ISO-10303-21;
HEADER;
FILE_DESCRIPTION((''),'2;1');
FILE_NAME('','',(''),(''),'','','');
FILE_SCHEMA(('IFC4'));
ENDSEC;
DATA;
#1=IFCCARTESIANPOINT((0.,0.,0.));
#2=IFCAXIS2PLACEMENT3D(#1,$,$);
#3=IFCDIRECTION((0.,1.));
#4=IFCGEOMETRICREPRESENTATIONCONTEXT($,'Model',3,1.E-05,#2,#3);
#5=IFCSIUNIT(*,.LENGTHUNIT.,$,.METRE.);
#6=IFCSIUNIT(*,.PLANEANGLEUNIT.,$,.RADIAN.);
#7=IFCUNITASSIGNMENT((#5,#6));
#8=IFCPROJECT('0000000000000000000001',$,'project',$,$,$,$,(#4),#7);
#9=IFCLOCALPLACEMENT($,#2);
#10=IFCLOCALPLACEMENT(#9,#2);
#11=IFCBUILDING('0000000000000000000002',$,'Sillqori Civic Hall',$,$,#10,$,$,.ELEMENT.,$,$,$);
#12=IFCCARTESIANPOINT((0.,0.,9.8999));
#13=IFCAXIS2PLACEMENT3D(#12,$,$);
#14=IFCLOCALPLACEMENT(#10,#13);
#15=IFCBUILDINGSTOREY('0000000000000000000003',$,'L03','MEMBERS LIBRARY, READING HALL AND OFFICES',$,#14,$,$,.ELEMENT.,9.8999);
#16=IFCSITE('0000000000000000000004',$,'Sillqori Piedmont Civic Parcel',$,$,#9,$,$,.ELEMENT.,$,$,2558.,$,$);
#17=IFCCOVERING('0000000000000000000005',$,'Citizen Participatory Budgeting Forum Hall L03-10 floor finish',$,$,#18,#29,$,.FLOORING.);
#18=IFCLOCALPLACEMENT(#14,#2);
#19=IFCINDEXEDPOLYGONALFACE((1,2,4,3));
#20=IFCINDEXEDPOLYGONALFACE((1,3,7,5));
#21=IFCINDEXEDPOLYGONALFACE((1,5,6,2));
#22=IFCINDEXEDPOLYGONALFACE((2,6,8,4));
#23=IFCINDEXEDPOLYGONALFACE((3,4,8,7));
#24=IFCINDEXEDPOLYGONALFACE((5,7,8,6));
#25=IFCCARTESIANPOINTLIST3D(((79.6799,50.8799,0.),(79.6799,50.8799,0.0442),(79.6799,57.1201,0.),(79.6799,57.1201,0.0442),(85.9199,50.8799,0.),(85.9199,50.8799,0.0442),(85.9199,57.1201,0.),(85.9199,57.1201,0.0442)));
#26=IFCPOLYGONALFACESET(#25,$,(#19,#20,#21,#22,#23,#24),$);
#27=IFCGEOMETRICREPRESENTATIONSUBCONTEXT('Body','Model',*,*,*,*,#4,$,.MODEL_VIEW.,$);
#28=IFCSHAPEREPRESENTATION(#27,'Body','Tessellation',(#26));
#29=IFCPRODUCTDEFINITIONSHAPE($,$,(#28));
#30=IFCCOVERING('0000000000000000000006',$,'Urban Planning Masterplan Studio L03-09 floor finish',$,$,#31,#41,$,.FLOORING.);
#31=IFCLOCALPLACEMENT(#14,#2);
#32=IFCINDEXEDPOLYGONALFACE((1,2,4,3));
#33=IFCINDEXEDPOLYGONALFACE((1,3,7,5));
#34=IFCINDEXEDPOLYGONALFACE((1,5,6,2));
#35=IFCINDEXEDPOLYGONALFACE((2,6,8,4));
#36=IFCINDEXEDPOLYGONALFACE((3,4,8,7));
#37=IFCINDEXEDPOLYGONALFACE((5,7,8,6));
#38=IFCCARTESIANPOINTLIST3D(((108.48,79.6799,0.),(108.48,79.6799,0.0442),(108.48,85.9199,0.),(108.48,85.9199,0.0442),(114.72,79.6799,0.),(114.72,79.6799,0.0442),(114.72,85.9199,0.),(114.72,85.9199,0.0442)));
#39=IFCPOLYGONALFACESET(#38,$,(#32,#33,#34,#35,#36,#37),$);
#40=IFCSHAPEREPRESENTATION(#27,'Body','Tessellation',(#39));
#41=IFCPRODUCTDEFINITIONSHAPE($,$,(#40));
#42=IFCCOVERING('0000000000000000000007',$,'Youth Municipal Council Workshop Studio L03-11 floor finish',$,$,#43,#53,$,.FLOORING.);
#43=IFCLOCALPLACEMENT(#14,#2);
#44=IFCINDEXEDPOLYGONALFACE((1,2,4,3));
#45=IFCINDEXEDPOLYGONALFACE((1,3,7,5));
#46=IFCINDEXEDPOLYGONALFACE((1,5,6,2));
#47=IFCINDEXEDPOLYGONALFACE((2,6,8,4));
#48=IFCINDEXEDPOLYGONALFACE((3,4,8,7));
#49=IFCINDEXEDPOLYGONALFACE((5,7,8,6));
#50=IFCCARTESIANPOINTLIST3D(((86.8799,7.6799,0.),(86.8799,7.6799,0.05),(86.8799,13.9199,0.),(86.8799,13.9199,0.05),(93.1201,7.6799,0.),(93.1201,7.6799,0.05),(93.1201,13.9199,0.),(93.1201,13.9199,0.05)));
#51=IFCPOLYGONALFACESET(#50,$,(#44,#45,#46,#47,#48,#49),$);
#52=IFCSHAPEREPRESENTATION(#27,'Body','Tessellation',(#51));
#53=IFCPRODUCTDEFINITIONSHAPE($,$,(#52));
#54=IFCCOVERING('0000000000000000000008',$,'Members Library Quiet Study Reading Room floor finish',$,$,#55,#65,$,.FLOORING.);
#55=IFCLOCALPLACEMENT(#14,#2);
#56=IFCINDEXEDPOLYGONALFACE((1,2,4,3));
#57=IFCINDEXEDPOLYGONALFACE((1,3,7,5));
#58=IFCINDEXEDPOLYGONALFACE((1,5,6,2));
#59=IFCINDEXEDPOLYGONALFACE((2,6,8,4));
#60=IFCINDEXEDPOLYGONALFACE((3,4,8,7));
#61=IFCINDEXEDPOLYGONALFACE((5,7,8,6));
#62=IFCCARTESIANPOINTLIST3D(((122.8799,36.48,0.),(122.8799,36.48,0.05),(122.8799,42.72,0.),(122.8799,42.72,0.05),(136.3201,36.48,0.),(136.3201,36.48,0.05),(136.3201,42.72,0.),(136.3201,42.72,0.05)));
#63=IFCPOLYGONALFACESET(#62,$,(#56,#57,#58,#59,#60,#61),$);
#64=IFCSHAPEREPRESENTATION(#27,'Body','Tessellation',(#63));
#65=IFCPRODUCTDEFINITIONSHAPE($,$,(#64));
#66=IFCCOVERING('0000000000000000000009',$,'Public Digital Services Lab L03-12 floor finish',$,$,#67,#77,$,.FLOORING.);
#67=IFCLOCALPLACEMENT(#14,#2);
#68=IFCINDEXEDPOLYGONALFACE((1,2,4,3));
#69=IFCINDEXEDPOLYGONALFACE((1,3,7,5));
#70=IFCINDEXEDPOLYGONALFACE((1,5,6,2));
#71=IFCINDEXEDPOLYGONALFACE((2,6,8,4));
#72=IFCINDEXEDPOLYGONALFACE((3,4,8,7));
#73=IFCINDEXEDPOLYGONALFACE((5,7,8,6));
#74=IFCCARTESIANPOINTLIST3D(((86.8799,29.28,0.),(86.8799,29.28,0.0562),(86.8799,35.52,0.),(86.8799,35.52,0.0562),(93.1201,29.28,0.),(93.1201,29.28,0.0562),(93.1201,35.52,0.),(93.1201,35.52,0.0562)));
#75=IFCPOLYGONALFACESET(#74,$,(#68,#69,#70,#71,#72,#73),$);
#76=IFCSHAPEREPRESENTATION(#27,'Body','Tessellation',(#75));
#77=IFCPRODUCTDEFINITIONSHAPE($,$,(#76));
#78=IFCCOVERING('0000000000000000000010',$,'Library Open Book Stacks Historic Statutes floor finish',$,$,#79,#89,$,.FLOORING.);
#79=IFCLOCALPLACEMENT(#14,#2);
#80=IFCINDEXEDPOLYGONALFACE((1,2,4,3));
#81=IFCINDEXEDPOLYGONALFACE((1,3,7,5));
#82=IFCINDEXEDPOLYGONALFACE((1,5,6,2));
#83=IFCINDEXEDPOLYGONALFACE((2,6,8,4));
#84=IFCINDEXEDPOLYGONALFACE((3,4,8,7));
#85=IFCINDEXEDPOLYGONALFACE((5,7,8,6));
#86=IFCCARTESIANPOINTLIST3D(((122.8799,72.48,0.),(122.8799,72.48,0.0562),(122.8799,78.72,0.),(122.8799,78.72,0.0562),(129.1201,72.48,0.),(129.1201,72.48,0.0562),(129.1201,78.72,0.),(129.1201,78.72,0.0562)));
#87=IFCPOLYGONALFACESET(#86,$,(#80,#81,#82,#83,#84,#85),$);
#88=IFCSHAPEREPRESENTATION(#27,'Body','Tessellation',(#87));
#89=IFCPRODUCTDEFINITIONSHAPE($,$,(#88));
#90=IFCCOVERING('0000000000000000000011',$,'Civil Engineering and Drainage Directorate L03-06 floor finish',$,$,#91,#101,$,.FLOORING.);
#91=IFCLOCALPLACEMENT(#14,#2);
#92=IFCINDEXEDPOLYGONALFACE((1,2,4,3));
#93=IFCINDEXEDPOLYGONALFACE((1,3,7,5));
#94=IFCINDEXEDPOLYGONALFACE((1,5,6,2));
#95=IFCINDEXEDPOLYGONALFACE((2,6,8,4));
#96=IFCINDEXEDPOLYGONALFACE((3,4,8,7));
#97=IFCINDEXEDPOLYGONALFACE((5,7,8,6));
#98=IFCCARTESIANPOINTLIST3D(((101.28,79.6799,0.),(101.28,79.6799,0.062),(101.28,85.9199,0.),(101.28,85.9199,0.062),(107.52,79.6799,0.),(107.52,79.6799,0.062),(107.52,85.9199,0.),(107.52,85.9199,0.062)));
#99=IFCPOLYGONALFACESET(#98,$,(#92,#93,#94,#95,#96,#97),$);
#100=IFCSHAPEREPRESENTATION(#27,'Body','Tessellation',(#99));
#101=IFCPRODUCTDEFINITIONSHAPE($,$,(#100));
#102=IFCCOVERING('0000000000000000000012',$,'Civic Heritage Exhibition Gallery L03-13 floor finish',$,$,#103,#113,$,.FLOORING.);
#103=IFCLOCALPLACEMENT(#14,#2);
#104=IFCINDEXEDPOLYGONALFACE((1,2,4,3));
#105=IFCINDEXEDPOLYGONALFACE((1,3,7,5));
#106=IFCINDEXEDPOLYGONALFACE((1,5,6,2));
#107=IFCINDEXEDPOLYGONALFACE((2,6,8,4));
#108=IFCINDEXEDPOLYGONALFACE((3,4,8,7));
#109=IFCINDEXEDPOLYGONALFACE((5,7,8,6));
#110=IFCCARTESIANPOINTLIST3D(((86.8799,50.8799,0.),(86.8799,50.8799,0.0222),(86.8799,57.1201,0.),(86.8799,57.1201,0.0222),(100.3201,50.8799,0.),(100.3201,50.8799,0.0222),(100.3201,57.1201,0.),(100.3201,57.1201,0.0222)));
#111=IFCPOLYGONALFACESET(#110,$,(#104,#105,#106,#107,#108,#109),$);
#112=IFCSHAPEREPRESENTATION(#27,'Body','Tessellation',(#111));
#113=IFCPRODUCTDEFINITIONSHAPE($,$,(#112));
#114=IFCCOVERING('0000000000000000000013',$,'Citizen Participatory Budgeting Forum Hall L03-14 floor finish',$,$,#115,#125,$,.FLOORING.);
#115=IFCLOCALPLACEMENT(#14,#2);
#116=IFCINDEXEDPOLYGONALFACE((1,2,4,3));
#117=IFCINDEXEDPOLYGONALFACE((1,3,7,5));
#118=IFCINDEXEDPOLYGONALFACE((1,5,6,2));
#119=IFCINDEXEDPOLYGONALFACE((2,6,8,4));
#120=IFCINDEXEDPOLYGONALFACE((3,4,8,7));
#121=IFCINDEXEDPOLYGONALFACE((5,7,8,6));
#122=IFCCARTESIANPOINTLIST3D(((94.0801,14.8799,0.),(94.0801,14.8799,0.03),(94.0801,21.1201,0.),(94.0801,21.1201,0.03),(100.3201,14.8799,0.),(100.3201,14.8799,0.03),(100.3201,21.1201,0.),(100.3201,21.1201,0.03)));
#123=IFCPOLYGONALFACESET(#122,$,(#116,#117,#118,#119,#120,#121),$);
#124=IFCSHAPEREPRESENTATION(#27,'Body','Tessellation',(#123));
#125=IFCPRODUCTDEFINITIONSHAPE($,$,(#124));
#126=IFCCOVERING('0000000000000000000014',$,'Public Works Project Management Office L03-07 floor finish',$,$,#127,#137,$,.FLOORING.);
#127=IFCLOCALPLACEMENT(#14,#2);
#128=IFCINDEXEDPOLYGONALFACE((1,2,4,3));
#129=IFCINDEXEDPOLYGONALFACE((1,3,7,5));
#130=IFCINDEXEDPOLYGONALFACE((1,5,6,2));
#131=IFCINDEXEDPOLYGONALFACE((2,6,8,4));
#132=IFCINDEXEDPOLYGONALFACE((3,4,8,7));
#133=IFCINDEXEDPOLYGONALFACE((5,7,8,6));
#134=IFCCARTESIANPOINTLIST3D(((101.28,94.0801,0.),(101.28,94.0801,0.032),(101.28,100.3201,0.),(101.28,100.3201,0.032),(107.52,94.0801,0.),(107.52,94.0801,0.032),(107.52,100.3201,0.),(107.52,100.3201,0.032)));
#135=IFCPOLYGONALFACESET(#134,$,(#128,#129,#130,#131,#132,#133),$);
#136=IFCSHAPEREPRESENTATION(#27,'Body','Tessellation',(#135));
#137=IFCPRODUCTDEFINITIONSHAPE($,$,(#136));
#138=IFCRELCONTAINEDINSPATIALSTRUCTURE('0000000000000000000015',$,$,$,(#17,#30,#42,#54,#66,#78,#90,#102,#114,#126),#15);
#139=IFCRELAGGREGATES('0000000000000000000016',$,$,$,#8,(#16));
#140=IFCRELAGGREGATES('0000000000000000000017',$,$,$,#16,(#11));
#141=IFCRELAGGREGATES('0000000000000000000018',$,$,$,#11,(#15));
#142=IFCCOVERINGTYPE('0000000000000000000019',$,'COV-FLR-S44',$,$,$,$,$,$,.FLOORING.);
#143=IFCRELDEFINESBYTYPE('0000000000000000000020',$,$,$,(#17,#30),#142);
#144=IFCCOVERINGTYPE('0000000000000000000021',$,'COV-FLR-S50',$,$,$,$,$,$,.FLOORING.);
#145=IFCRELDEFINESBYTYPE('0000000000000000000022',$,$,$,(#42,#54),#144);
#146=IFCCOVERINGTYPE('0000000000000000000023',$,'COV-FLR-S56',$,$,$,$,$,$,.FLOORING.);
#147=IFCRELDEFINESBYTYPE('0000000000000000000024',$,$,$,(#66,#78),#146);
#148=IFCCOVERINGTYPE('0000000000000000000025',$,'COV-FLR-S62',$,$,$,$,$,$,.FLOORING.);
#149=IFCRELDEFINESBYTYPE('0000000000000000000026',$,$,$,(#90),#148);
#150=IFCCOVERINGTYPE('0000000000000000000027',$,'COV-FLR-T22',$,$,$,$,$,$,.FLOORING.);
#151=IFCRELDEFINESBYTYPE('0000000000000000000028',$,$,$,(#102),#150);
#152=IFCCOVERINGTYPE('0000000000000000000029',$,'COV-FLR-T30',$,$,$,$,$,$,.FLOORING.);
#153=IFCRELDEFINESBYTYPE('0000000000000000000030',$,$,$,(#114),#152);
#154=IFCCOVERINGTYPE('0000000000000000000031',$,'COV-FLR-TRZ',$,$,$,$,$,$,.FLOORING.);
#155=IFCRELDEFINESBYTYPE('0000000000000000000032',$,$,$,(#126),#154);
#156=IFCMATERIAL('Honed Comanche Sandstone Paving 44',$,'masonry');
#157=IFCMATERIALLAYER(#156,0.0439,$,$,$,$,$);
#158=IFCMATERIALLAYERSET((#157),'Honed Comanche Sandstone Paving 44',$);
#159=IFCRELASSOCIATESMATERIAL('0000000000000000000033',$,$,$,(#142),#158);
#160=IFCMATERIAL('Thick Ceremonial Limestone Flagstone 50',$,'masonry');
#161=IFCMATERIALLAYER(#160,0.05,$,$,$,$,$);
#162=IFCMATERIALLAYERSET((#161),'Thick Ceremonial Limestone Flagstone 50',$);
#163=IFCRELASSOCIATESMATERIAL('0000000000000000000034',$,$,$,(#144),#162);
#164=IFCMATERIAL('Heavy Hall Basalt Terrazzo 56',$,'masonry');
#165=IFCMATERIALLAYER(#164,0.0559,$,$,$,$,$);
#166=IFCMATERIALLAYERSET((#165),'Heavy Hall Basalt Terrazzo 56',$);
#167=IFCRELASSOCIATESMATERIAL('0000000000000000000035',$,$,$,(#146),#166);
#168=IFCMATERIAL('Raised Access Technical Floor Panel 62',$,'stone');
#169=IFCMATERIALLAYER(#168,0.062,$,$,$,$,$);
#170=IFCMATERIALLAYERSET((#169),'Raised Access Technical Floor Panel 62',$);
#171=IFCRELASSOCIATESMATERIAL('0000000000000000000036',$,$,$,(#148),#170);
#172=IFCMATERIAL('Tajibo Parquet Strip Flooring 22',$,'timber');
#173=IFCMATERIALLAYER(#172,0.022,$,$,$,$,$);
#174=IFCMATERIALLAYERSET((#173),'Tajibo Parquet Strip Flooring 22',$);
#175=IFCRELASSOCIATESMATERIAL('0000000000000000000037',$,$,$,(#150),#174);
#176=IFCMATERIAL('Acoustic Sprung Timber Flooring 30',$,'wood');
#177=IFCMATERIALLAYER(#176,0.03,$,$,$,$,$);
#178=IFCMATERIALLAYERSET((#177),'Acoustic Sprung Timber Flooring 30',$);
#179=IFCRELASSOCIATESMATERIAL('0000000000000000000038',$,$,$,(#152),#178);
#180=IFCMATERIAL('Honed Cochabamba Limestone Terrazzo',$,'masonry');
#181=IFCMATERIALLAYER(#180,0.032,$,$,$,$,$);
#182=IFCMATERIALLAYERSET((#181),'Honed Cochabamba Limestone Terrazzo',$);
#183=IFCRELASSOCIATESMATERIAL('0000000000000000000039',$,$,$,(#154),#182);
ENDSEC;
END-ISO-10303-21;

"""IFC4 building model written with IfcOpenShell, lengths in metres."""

from ifc_helpers import new_model, si_unit, direction, frame, origin, place, context, subcontext, project, spatial, polyline, outline, extrude, material, layer, layer_set, type_object, element, save


model = new_model("IFC4")

# Units and contexts
model_context = context("Model", 3, precision=1e-05, world=origin(), true_north=direction((0.0, 1.0)))
body_context = subcontext(model_context, "Body", "Model", "MODEL_VIEW")
ifc_project = project(units=[si_unit("LENGTHUNIT", "METRE"), si_unit("PLANEANGLEUNIT", "RADIAN")], contexts=[model_context])

# Site, building, storey
site_placement = place(None, origin())
site = spatial("IfcSite", under=ifc_project, at=site_placement, Name="Sillqori Piedmont Civic Parcel", CompositionType="ELEMENT", RefElevation=2558.0)
building_placement = place(site_placement, origin())
building = spatial("IfcBuilding", under=site, at=building_placement, Name="Sillqori Civic Hall", CompositionType="ELEMENT")
storey_placement = place(building_placement, frame((0.0, 0.0, 9.8999)))
storey = spatial("IfcBuildingStorey", under=building, at=storey_placement, Name="L03", Description="MEMBERS LIBRARY, READING HALL AND OFFICES", CompositionType="ELEMENT", Elevation=9.8999)

# Coverings
ifc_material_1 = material(Name="Honed Comanche Sandstone Paving 44", Category="masonry")
ifc_layer_1 = layer(ifc_material_1, 0.0439)
ifc_layer_set_1 = layer_set([ifc_layer_1], Name="Honed Comanche Sandstone Paving 44")
covering_type_1 = type_object("IfcCoveringType", Name="COV-FLR-S44", PredefinedType="FLOORING", material=ifc_layer_set_1)
covering_1_placement = place(storey_placement, origin())
element("IfcCovering", 1, at=covering_1_placement, inside=storey, type_object=covering_type_1, Name="Citizen Participatory Budgeting Forum Hall L03-10 floor finish", PredefinedType="FLOORING", context=body_context, shape_type="SweptSolid", body=[
    extrude(outline(polyline([(79.6799, 50.8799), (85.9199, 50.8799), (85.9199, 57.1201), (79.6799, 57.1201), (79.6799, 50.8799)])), origin(), (0.0, 0.0, 1.0), 0.0442),
])
covering_2_placement = place(storey_placement, origin())
element("IfcCovering", 2, at=covering_2_placement, inside=storey, type_object=covering_type_1, Name="Urban Planning Masterplan Studio L03-09 floor finish", PredefinedType="FLOORING", context=body_context, shape_type="SweptSolid", body=[
    extrude(outline(polyline([(108.48, 79.6799), (114.72, 79.6799), (114.72, 85.9199), (108.48, 85.9199), (108.48, 79.6799)])), origin(), (0.0, 0.0, 1.0), 0.0442),
])
ifc_material_2 = material(Name="Thick Ceremonial Limestone Flagstone 50", Category="masonry")
ifc_layer_2 = layer(ifc_material_2, 0.05)
ifc_layer_set_2 = layer_set([ifc_layer_2], Name="Thick Ceremonial Limestone Flagstone 50")
covering_type_2 = type_object("IfcCoveringType", Name="COV-FLR-S50", PredefinedType="FLOORING", material=ifc_layer_set_2)
covering_3_placement = place(storey_placement, origin())
element("IfcCovering", 3, at=covering_3_placement, inside=storey, type_object=covering_type_2, Name="Youth Municipal Council Workshop Studio L03-11 floor finish", PredefinedType="FLOORING", context=body_context, shape_type="SweptSolid", body=[
    extrude(outline(polyline([(86.8799, 7.6799), (93.1201, 7.6799), (93.1201, 13.9199), (86.8799, 13.9199), (86.8799, 7.6799)])), origin(), (0.0, 0.0, 1.0), 0.05),
])
covering_4_placement = place(storey_placement, origin())
element("IfcCovering", 4, at=covering_4_placement, inside=storey, type_object=covering_type_2, Name="Members Library Quiet Study Reading Room floor finish", PredefinedType="FLOORING", context=body_context, shape_type="SweptSolid", body=[
    extrude(outline(polyline([(122.8799, 36.48), (136.3201, 36.48), (136.3201, 42.72), (122.8799, 42.72), (122.8799, 36.48)])), origin(), (0.0, 0.0, 1.0), 0.05),
])
ifc_material_3 = material(Name="Heavy Hall Basalt Terrazzo 56", Category="masonry")
ifc_layer_3 = layer(ifc_material_3, 0.0559)
ifc_layer_set_3 = layer_set([ifc_layer_3], Name="Heavy Hall Basalt Terrazzo 56")
covering_type_3 = type_object("IfcCoveringType", Name="COV-FLR-S56", PredefinedType="FLOORING", material=ifc_layer_set_3)
covering_5_placement = place(storey_placement, origin())
element("IfcCovering", 5, at=covering_5_placement, inside=storey, type_object=covering_type_3, Name="Public Digital Services Lab L03-12 floor finish", PredefinedType="FLOORING", context=body_context, shape_type="SweptSolid", body=[
    extrude(outline(polyline([(86.8799, 29.28), (93.1201, 29.28), (93.1201, 35.52), (86.8799, 35.52), (86.8799, 29.28)])), origin(), (0.0, 0.0, 1.0), 0.0562),
])
covering_6_placement = place(storey_placement, origin())
element("IfcCovering", 6, at=covering_6_placement, inside=storey, type_object=covering_type_3, Name="Library Open Book Stacks Historic Statutes floor finish", PredefinedType="FLOORING", context=body_context, shape_type="SweptSolid", body=[
    extrude(outline(polyline([(122.8799, 72.48), (129.1201, 72.48), (129.1201, 78.72), (122.8799, 78.72), (122.8799, 72.48)])), origin(), (0.0, 0.0, 1.0), 0.0562),
])
ifc_material_4 = material(Name="Raised Access Technical Floor Panel 62", Category="stone")
ifc_layer_4 = layer(ifc_material_4, 0.062)
ifc_layer_set_4 = layer_set([ifc_layer_4], Name="Raised Access Technical Floor Panel 62")
covering_type_4 = type_object("IfcCoveringType", Name="COV-FLR-S62", PredefinedType="FLOORING", material=ifc_layer_set_4)
covering_7_placement = place(storey_placement, origin())
element("IfcCovering", 7, at=covering_7_placement, inside=storey, type_object=covering_type_4, Name="Civil Engineering and Drainage Directorate L03-06 floor finish", PredefinedType="FLOORING", context=body_context, shape_type="SweptSolid", body=[
    extrude(outline(polyline([(101.28, 79.6799), (107.52, 79.6799), (107.52, 85.9199), (101.28, 85.9199), (101.28, 79.6799)])), origin(), (0.0, 0.0, 1.0), 0.062),
])
ifc_material_5 = material(Name="Tajibo Parquet Strip Flooring 22", Category="timber")
ifc_layer_5 = layer(ifc_material_5, 0.022)
ifc_layer_set_5 = layer_set([ifc_layer_5], Name="Tajibo Parquet Strip Flooring 22")
covering_type_5 = type_object("IfcCoveringType", Name="COV-FLR-T22", PredefinedType="FLOORING", material=ifc_layer_set_5)
covering_8_placement = place(storey_placement, origin())
element("IfcCovering", 8, at=covering_8_placement, inside=storey, type_object=covering_type_5, Name="Civic Heritage Exhibition Gallery L03-13 floor finish", PredefinedType="FLOORING", context=body_context, shape_type="SweptSolid", body=[
    extrude(outline(polyline([(86.8799, 50.8799), (100.3201, 50.8799), (100.3201, 57.1201), (86.8799, 57.1201), (86.8799, 50.8799)])), origin(), (0.0, 0.0, 1.0), 0.0222),
])
ifc_material_6 = material(Name="Acoustic Sprung Timber Flooring 30", Category="wood")
ifc_layer_6 = layer(ifc_material_6, 0.03)
ifc_layer_set_6 = layer_set([ifc_layer_6], Name="Acoustic Sprung Timber Flooring 30")
covering_type_6 = type_object("IfcCoveringType", Name="COV-FLR-T30", PredefinedType="FLOORING", material=ifc_layer_set_6)
covering_9_placement = place(storey_placement, origin())
element("IfcCovering", 9, at=covering_9_placement, inside=storey, type_object=covering_type_6, Name="Citizen Participatory Budgeting Forum Hall L03-14 floor finish", PredefinedType="FLOORING", context=body_context, shape_type="SweptSolid", body=[
    extrude(outline(polyline([(94.0801, 14.8799), (100.3201, 14.8799), (100.3201, 21.1201), (94.0801, 21.1201), (94.0801, 14.8799)])), origin(), (0.0, 0.0, 1.0), 0.03),
])
ifc_material_7 = material(Name="Honed Cochabamba Limestone Terrazzo", Category="masonry")
ifc_layer_7 = layer(ifc_material_7, 0.032)
ifc_layer_set_7 = layer_set([ifc_layer_7], Name="Honed Cochabamba Limestone Terrazzo")
covering_type_7 = type_object("IfcCoveringType", Name="COV-FLR-TRZ", PredefinedType="FLOORING", material=ifc_layer_set_7)
covering_10_placement = place(storey_placement, origin())
element("IfcCovering", 10, at=covering_10_placement, inside=storey, type_object=covering_type_7, Name="Public Works Project Management Office L03-07 floor finish", PredefinedType="FLOORING", context=body_context, shape_type="SweptSolid", body=[
    extrude(outline(polyline([(101.28, 94.0801), (107.52, 94.0801), (107.52, 100.3201), (101.28, 100.3201), (101.28, 94.0801)])), origin(), (0.0, 0.0, 1.0), 0.032),
])

save(model, "model.ifc")
